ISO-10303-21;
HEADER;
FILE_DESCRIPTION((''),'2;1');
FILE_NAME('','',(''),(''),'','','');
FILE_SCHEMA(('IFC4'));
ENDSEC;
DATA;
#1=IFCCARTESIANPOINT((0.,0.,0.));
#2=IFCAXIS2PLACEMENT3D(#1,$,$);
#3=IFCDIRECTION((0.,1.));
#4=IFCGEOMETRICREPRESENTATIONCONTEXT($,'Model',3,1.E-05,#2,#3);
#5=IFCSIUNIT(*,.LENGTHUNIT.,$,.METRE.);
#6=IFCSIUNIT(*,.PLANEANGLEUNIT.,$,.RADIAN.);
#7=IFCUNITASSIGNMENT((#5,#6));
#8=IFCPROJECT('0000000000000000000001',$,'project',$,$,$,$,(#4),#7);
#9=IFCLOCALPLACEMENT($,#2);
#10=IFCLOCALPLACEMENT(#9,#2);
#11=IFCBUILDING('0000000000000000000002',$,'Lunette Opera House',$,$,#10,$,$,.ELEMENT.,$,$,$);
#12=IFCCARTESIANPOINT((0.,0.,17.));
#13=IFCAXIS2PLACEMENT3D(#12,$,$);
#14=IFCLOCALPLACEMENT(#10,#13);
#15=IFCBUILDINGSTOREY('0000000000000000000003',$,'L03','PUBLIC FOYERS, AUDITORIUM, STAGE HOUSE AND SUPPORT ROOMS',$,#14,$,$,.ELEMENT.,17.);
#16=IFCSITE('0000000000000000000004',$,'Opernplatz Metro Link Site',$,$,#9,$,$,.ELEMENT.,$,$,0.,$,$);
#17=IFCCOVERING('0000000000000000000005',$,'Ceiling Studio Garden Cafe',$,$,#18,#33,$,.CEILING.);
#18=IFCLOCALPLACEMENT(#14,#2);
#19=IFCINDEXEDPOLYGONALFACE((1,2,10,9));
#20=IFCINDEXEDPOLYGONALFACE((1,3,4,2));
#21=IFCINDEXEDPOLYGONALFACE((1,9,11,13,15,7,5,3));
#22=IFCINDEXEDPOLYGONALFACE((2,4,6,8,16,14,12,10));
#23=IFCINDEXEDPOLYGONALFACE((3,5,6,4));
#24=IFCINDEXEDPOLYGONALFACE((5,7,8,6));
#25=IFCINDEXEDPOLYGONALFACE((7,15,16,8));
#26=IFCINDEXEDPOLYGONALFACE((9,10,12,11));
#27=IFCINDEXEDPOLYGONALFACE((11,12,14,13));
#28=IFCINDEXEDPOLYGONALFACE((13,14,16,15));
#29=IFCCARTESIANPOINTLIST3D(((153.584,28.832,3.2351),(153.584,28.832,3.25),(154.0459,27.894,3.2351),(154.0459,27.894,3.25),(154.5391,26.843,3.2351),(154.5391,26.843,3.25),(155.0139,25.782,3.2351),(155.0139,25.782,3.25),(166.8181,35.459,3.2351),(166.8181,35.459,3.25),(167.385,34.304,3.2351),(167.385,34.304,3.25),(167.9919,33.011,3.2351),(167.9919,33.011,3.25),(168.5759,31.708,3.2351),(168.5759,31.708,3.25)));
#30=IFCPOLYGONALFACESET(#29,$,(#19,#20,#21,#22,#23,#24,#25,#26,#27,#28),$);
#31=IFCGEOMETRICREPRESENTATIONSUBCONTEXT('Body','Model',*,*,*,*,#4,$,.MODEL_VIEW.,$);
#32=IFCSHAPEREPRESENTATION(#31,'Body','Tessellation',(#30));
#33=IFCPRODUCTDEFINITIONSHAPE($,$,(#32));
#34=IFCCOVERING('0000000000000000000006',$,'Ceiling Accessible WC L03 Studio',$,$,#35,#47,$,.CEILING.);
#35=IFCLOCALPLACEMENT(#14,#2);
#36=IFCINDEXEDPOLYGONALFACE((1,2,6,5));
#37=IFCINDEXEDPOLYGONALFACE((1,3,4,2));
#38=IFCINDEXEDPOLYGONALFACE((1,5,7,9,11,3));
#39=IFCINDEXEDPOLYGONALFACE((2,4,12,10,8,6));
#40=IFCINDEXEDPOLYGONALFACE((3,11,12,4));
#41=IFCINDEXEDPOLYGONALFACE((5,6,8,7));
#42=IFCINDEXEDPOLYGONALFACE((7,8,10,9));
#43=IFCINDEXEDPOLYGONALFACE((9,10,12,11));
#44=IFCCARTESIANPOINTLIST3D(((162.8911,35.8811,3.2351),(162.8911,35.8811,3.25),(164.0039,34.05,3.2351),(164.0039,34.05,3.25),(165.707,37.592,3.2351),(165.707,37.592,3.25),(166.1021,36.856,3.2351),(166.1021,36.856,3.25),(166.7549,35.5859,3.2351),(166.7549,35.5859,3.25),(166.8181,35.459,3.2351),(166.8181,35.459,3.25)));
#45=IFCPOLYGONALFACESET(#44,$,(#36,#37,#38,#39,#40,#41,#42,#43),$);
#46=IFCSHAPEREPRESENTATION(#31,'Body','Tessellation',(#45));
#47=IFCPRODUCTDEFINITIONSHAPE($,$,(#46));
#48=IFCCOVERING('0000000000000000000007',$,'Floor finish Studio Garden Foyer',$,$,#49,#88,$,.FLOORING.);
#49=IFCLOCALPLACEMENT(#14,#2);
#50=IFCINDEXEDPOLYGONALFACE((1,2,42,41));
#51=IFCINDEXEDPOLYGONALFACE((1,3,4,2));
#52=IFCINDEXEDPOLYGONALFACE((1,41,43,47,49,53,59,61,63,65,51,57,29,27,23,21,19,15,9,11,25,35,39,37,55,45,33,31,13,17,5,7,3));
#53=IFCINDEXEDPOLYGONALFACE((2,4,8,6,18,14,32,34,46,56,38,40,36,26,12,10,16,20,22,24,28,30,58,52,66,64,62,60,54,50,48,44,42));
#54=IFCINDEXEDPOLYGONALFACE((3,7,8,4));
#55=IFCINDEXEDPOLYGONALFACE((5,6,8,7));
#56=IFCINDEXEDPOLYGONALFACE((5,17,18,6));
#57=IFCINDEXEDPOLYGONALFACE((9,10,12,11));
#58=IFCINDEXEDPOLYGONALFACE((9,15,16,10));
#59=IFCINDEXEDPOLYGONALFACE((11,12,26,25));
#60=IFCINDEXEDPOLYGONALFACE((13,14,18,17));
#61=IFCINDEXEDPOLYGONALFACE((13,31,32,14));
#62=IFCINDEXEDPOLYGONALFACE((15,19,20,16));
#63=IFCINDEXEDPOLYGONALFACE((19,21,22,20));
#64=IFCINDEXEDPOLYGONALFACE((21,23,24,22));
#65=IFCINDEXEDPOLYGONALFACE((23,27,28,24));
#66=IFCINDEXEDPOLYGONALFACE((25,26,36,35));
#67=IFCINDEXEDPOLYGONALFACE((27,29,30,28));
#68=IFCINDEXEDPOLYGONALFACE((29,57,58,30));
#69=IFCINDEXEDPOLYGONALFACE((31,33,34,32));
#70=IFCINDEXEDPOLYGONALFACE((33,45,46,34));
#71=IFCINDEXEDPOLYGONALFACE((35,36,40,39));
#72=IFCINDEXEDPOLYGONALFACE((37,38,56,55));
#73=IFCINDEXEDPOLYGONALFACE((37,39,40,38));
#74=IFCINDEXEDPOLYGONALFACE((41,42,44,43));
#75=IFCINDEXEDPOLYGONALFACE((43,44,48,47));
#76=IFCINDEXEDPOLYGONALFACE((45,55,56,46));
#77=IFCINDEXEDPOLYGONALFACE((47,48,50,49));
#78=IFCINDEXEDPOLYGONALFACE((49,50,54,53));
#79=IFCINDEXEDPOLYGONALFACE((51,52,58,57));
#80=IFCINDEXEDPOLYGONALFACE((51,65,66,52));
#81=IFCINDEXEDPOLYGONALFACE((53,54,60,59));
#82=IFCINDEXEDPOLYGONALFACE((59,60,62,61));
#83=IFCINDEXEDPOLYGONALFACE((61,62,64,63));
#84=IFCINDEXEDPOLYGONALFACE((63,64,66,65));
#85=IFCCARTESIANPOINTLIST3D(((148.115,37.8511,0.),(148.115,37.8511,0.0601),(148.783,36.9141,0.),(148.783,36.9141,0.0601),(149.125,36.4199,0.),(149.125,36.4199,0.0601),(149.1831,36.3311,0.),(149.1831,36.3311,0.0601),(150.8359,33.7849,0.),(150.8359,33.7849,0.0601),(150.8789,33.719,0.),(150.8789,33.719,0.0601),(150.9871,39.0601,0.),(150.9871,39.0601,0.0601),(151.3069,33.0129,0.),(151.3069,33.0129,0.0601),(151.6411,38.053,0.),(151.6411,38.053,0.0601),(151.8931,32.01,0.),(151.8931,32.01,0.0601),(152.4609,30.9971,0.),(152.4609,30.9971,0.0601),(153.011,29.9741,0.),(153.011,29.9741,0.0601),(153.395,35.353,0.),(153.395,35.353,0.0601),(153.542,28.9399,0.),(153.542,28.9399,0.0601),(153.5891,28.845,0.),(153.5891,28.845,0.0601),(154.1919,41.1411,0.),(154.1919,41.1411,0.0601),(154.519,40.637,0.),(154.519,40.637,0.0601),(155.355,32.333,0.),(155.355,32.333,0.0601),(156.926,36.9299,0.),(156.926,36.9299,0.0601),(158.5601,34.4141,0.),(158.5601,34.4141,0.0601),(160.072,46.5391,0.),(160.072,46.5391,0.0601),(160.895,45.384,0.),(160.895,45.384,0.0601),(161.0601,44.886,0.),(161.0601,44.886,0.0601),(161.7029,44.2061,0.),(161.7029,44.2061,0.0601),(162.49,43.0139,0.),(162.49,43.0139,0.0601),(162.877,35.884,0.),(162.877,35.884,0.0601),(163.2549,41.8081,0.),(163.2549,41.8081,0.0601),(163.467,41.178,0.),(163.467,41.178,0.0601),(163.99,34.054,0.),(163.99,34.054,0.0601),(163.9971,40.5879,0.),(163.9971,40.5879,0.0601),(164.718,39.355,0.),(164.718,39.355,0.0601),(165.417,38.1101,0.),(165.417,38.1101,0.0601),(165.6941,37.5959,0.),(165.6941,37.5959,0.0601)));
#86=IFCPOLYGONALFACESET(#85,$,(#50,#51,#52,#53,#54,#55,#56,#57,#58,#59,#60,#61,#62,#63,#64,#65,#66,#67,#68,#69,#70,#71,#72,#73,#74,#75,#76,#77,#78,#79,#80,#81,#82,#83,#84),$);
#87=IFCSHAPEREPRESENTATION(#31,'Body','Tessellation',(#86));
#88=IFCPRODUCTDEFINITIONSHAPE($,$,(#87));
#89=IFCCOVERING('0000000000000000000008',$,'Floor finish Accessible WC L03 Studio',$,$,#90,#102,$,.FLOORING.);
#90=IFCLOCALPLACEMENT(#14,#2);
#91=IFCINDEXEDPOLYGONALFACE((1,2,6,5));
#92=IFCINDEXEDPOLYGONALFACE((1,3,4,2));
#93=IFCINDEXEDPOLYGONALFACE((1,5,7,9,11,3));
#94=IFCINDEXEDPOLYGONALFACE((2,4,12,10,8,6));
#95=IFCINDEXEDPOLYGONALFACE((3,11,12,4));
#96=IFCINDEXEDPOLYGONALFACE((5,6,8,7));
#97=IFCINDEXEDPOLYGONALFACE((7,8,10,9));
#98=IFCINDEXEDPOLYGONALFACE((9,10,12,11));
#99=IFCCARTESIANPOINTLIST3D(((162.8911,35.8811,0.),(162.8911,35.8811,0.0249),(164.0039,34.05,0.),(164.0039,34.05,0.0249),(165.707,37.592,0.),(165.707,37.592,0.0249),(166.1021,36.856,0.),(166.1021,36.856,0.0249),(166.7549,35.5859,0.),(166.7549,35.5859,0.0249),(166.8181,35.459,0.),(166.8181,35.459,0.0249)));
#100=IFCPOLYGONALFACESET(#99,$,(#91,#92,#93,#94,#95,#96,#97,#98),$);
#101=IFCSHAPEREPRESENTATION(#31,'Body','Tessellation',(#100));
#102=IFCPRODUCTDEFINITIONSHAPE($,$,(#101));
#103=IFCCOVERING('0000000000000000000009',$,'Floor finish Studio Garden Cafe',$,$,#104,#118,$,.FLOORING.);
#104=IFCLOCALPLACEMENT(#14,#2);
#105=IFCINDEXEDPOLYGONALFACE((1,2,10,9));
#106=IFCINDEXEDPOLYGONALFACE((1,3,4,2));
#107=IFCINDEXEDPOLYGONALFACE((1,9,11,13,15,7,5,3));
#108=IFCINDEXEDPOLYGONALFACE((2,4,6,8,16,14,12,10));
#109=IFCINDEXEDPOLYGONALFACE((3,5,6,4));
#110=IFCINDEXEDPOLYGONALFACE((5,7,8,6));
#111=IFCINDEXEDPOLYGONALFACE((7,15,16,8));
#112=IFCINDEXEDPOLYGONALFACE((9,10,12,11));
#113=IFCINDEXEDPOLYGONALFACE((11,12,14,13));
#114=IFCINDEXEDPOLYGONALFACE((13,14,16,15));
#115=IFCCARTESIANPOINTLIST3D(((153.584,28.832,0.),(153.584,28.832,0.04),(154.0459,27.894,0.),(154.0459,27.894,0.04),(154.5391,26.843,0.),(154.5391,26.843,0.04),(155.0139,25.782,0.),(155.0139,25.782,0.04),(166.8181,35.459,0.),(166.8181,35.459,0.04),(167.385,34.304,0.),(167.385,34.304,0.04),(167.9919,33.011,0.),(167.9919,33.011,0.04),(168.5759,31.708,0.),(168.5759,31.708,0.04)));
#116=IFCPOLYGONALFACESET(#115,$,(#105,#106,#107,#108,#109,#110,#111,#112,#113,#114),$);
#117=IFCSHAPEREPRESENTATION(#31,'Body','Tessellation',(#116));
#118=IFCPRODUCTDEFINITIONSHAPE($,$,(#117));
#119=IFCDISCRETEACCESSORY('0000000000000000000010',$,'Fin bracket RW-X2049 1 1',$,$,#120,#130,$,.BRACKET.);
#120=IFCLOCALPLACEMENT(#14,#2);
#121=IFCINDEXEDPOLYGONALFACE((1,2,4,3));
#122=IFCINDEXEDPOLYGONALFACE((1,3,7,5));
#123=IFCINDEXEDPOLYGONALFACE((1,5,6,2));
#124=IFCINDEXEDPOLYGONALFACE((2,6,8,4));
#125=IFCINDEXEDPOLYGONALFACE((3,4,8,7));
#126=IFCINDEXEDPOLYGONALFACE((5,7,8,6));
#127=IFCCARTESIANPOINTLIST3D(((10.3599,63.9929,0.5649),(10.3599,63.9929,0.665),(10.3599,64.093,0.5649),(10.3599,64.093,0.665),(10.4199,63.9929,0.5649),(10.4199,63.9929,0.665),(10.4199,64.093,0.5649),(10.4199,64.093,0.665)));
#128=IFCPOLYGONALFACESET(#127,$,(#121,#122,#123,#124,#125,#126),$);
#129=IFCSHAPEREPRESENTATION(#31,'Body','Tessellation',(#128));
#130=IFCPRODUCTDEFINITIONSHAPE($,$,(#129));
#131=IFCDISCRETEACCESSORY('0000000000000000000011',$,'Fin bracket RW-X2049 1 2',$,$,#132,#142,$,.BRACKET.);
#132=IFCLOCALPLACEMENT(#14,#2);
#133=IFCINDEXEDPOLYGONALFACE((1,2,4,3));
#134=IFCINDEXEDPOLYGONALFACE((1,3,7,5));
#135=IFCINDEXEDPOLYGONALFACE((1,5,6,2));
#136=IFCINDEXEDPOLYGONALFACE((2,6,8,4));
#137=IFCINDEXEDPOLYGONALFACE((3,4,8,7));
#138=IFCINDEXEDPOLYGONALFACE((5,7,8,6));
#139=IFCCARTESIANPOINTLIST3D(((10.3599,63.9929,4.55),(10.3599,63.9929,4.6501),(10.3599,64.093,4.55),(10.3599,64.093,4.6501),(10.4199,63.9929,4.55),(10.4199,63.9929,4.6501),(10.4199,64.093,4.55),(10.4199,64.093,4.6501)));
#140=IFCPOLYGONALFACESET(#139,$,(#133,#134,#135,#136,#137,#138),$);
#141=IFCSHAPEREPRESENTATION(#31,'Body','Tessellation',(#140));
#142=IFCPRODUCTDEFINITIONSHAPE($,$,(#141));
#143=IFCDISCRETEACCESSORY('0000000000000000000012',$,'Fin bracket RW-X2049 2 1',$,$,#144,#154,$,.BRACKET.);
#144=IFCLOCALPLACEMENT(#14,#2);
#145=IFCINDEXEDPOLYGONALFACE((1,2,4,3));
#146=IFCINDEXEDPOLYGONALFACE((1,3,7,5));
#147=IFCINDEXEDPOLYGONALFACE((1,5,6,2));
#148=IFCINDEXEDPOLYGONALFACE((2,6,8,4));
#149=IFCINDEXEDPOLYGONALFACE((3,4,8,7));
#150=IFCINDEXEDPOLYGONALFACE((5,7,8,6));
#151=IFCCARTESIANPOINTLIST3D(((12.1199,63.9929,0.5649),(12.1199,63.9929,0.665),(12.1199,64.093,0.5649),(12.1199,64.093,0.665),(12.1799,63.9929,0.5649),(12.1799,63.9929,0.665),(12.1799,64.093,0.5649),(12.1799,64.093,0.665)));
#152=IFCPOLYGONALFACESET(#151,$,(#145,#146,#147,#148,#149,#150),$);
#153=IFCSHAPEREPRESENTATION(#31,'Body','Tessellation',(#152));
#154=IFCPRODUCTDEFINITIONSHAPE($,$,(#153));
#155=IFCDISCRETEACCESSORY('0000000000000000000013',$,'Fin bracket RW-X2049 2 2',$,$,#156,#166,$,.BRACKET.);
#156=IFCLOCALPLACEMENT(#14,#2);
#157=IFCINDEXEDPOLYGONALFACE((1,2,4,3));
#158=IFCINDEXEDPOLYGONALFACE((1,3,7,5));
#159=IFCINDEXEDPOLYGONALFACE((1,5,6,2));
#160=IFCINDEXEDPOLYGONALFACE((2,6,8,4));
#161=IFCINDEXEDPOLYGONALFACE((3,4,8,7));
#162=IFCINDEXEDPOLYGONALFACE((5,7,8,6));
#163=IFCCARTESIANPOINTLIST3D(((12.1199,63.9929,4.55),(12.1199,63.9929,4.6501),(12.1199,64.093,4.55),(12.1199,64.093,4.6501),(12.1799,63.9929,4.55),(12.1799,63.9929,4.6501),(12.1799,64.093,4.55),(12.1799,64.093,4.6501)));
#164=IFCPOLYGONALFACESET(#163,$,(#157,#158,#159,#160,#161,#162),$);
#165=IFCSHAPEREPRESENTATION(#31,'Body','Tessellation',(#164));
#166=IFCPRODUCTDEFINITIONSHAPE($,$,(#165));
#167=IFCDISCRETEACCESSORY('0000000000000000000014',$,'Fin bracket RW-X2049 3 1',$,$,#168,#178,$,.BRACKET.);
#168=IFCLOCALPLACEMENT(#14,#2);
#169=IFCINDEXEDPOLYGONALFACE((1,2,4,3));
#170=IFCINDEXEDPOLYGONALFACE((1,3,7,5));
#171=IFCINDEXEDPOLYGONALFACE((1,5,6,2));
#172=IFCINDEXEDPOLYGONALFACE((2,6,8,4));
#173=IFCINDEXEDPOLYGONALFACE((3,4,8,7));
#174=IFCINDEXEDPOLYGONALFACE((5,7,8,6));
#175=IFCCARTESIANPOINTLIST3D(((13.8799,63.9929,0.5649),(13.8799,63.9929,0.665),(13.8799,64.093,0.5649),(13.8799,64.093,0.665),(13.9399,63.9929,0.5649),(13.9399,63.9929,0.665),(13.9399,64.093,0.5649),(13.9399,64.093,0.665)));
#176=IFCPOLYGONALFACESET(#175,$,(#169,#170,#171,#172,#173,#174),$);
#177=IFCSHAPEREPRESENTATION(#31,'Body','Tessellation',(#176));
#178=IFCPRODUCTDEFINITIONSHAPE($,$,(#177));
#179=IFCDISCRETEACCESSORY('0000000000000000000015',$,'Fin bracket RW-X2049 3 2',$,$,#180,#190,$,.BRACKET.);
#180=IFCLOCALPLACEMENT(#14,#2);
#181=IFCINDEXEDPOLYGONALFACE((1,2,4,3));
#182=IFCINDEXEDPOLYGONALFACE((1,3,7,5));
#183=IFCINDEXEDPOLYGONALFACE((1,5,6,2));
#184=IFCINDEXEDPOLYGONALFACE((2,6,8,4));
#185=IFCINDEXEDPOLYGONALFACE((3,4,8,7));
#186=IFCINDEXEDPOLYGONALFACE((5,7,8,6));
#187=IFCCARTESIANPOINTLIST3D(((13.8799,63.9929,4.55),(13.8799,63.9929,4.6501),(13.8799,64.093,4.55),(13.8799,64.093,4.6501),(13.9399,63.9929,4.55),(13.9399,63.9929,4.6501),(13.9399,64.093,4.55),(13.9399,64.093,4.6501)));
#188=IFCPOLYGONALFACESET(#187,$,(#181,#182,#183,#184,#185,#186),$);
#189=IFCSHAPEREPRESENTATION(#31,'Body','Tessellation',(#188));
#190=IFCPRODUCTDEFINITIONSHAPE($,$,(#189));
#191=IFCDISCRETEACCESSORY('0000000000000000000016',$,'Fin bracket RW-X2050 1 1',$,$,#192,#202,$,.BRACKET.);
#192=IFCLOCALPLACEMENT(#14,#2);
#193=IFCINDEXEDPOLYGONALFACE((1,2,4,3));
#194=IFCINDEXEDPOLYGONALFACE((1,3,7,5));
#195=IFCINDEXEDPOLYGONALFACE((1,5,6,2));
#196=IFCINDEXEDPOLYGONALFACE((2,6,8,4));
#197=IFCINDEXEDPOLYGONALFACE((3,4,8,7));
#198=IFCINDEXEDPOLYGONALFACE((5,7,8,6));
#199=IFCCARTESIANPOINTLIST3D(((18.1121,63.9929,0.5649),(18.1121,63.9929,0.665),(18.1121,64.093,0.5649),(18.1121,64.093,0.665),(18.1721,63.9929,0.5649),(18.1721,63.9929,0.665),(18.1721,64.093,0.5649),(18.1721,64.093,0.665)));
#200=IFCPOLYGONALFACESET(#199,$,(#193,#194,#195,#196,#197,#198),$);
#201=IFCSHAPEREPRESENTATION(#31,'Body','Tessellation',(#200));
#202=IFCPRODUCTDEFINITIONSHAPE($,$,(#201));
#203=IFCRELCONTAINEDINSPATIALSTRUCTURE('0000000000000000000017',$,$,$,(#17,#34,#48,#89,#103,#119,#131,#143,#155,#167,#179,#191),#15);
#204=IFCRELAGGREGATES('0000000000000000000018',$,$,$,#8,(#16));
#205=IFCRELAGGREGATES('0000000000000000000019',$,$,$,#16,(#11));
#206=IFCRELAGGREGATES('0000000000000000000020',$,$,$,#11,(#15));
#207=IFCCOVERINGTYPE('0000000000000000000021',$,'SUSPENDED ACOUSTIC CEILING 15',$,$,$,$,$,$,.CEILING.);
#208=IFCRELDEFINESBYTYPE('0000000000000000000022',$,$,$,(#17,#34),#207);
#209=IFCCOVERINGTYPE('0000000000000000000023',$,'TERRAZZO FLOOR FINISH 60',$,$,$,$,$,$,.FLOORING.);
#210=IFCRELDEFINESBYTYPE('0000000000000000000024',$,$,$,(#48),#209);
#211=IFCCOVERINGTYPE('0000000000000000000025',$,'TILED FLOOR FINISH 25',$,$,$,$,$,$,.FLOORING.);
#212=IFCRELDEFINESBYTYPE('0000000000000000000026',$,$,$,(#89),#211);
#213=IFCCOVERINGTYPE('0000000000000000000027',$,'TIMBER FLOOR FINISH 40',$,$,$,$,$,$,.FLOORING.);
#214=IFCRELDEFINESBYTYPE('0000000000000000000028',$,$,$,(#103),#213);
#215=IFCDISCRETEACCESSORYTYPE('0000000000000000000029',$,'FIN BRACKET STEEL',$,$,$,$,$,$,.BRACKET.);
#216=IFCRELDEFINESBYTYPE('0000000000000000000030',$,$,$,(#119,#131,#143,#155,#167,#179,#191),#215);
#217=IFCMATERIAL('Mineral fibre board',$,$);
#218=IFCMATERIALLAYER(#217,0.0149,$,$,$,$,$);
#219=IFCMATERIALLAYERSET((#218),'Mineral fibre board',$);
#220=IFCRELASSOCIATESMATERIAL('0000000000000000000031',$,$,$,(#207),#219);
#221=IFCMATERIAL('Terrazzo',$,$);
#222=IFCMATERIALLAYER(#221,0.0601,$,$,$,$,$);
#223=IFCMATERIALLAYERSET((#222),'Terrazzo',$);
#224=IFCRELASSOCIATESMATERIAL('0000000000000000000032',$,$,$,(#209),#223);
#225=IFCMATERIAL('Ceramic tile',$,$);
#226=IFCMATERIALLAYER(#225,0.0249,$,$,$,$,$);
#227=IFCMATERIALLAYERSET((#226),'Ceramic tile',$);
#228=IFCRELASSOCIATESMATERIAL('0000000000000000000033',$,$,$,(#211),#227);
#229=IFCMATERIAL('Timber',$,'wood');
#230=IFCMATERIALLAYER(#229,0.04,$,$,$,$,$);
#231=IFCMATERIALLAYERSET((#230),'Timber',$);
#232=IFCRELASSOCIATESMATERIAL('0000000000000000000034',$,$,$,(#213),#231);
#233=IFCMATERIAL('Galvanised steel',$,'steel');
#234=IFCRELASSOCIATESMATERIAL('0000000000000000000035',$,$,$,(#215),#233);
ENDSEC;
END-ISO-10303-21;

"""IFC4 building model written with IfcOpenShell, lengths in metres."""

from ifc_helpers import new_model, si_unit, direction, frame, origin, origin_2d, place, context, subcontext, project, spatial, polyline, rectangle, outline, extrude, material, layer, layer_set, type_object, element, save


model = new_model("IFC4")

# Units and contexts
model_context = context("Model", 3, precision=1e-05, world=origin(), true_north=direction((0.0, 1.0)))
body_context = subcontext(model_context, "Body", "Model", "MODEL_VIEW")
ifc_project = project(units=[si_unit("LENGTHUNIT", "METRE"), si_unit("PLANEANGLEUNIT", "RADIAN")], contexts=[model_context])

# Site, building, storey
site_placement = place(None, origin())
site = spatial("IfcSite", under=ifc_project, at=site_placement, Name="Opernplatz Metro Link Site", CompositionType="ELEMENT", RefElevation=0.0)
building_placement = place(site_placement, origin())
building = spatial("IfcBuilding", under=site, at=building_placement, Name="Lunette Opera House", CompositionType="ELEMENT")
storey_placement = place(building_placement, frame((0.0, 0.0, 17.0)))
storey = spatial("IfcBuildingStorey", under=building, at=storey_placement, Name="L03", Description="PUBLIC FOYERS, AUDITORIUM, STAGE HOUSE AND SUPPORT ROOMS", CompositionType="ELEMENT", Elevation=17.0)

# Coverings
ifc_material_1 = material(Name="Mineral fibre board")
ifc_layer_1 = layer(ifc_material_1, 0.0149)
ifc_layer_set_1 = layer_set([ifc_layer_1], Name="Mineral fibre board")
covering_type_1 = type_object("IfcCoveringType", Name="SUSPENDED ACOUSTIC CEILING 15", PredefinedType="CEILING", material=ifc_layer_set_1)
covering_1_placement = place(storey_placement, frame((0.0, 0.0, 3.2351)))
element("IfcCovering", 1, at=covering_1_placement, inside=storey, type_object=covering_type_1, Name="Ceiling Studio Garden Cafe", PredefinedType="CEILING", context=body_context, shape_type="SweptSolid", body=[
    extrude(outline(polyline([(167.385, 34.304), (167.9919, 33.011), (168.5759, 31.708), (155.0139, 25.782), (154.5391, 26.843), (154.0459, 27.894), (153.584, 28.832), (166.8181, 35.459), (167.385, 34.304)])), origin(), (0.0, 0.0, 1.0), 0.0149),
])
covering_2_placement = place(storey_placement, frame((0.0, 0.0, 3.2351)))
element("IfcCovering", 2, at=covering_2_placement, inside=storey, type_object=covering_type_1, Name="Ceiling Accessible WC L03 Studio", PredefinedType="CEILING", context=body_context, shape_type="SweptSolid", body=[
    extrude(outline(polyline([(166.1021, 36.856), (166.7549, 35.5859), (166.8181, 35.459), (164.0039, 34.05), (162.8911, 35.8811), (165.707, 37.592), (166.1021, 36.856)])), origin(), (0.0, 0.0, 1.0), 0.0149),
])
ifc_material_2 = material(Name="Terrazzo")
ifc_layer_2 = layer(ifc_material_2, 0.0601)
ifc_layer_set_2 = layer_set([ifc_layer_2], Name="Terrazzo")
covering_type_2 = type_object("IfcCoveringType", Name="TERRAZZO FLOOR FINISH 60", PredefinedType="FLOORING", material=ifc_layer_set_2)
covering_3_placement = place(storey_placement, origin())
element("IfcCovering", 3, at=covering_3_placement, inside=storey, type_object=covering_type_2, Name="Floor finish Studio Garden Foyer", PredefinedType="FLOORING", context=body_context, shape_type="SweptSolid", body=[
    extrude(outline(polyline([(149.1831, 36.3311), (148.783, 36.9141), (148.115, 37.8511), (160.072, 46.5391), (160.895, 45.384), (161.7029, 44.2061), (162.49, 43.0139), (163.2549, 41.8081), (163.9971, 40.5879), (164.718, 39.355), (165.417, 38.1101), (165.6941, 37.5959), (162.877, 35.884), (163.99, 34.054), (153.5891, 28.845), (153.542, 28.9399), (153.011, 29.9741), (152.4609, 30.9971), (151.8931, 32.01), (151.3069, 33.0129), (150.8359, 33.7849), (150.8789, 33.719), (153.395, 35.353), (155.355, 32.333), (158.5601, 34.4141), (156.926, 36.9299), (163.467, 41.178), (161.0601, 44.886), (154.519, 40.637), (154.1919, 41.1411), (150.9871, 39.0601), (151.6411, 38.053), (149.125, 36.4199), (149.1831, 36.3311)])), origin(), (0.0, 0.0, 1.0), 0.0601),
])
ifc_material_3 = material(Name="Ceramic tile")
ifc_layer_3 = layer(ifc_material_3, 0.0249)
ifc_layer_set_3 = layer_set([ifc_layer_3], Name="Ceramic tile")
covering_type_3 = type_object("IfcCoveringType", Name="TILED FLOOR FINISH 25", PredefinedType="FLOORING", material=ifc_layer_set_3)
covering_4_placement = place(storey_placement, origin())
element("IfcCovering", 4, at=covering_4_placement, inside=storey, type_object=covering_type_3, Name="Floor finish Accessible WC L03 Studio", PredefinedType="FLOORING", context=body_context, shape_type="SweptSolid", body=[
    extrude(outline(polyline([(166.1021, 36.856), (166.7549, 35.5859), (166.8181, 35.459), (164.0039, 34.05), (162.8911, 35.8811), (165.707, 37.592), (166.1021, 36.856)])), origin(), (0.0, 0.0, 1.0), 0.0249),
])
ifc_material_4 = material(Name="Timber", Category="wood")
ifc_layer_4 = layer(ifc_material_4, 0.04)
ifc_layer_set_4 = layer_set([ifc_layer_4], Name="Timber")
covering_type_4 = type_object("IfcCoveringType", Name="TIMBER FLOOR FINISH 40", PredefinedType="FLOORING", material=ifc_layer_set_4)
covering_5_placement = place(storey_placement, origin())
element("IfcCovering", 5, at=covering_5_placement, inside=storey, type_object=covering_type_4, Name="Floor finish Studio Garden Cafe", PredefinedType="FLOORING", context=body_context, shape_type="SweptSolid", body=[
    extrude(outline(polyline([(167.385, 34.304), (167.9919, 33.011), (168.5759, 31.708), (155.0139, 25.782), (154.5391, 26.843), (154.0459, 27.894), (153.584, 28.832), (166.8181, 35.459), (167.385, 34.304)])), origin(), (0.0, 0.0, 1.0), 0.04),
])

# Discrete accessories
ifc_material_5 = material(Name="Galvanised steel", Category="steel")
discrete_accessory_type = type_object("IfcDiscreteAccessoryType", Name="FIN BRACKET STEEL", PredefinedType="BRACKET", material=ifc_material_5)
for number, where, z_axis, x_axis, name in (
    (6, (10.3899, 64.043, 0.5649), (0.0, 0.0, 1.0), (0.0, -1.0, 0.0), "Fin bracket RW-X2049 1 1"),
    (7, (10.3899, 64.043, 4.55), (0.0, 0.0, 1.0), (0.0, -1.0, 0.0), "Fin bracket RW-X2049 1 2"),
    (8, (12.1499, 64.043, 0.5649), (0.0, 0.0, 1.0), (0.0, -1.0, 0.0), "Fin bracket RW-X2049 2 1"),
    (9, (12.1499, 64.043, 4.55), (0.0, 0.0, 1.0), (0.0, -1.0, 0.0), "Fin bracket RW-X2049 2 2"),
    (10, (13.9099, 64.043, 0.5649), (0.0, 0.0, 1.0), (0.0, -1.0, 0.0), "Fin bracket RW-X2049 3 1"),
    (11, (13.9099, 64.043, 4.55), (0.0, 0.0, 1.0), (0.0, -1.0, 0.0), "Fin bracket RW-X2049 3 2"),
    (12, (18.1421, 64.043, 0.5649), (0.0, 0.0, 1.0), (0.0, -1.0, 0.0), "Fin bracket RW-X2050 1 1"),
):
    element("IfcDiscreteAccessory", number, at=place(storey_placement, frame(where, z_axis=z_axis, x_axis=x_axis)), inside=storey, type_object=discrete_accessory_type, Name=name, PredefinedType="BRACKET", context=body_context, shape_type="SweptSolid", body=[
        extrude(rectangle(XDim=0.1001, YDim=0.0601, at=origin_2d()), origin(), (0.0, 0.0, 1.0), 0.1001),
    ])

save(model, "model.ifc")
